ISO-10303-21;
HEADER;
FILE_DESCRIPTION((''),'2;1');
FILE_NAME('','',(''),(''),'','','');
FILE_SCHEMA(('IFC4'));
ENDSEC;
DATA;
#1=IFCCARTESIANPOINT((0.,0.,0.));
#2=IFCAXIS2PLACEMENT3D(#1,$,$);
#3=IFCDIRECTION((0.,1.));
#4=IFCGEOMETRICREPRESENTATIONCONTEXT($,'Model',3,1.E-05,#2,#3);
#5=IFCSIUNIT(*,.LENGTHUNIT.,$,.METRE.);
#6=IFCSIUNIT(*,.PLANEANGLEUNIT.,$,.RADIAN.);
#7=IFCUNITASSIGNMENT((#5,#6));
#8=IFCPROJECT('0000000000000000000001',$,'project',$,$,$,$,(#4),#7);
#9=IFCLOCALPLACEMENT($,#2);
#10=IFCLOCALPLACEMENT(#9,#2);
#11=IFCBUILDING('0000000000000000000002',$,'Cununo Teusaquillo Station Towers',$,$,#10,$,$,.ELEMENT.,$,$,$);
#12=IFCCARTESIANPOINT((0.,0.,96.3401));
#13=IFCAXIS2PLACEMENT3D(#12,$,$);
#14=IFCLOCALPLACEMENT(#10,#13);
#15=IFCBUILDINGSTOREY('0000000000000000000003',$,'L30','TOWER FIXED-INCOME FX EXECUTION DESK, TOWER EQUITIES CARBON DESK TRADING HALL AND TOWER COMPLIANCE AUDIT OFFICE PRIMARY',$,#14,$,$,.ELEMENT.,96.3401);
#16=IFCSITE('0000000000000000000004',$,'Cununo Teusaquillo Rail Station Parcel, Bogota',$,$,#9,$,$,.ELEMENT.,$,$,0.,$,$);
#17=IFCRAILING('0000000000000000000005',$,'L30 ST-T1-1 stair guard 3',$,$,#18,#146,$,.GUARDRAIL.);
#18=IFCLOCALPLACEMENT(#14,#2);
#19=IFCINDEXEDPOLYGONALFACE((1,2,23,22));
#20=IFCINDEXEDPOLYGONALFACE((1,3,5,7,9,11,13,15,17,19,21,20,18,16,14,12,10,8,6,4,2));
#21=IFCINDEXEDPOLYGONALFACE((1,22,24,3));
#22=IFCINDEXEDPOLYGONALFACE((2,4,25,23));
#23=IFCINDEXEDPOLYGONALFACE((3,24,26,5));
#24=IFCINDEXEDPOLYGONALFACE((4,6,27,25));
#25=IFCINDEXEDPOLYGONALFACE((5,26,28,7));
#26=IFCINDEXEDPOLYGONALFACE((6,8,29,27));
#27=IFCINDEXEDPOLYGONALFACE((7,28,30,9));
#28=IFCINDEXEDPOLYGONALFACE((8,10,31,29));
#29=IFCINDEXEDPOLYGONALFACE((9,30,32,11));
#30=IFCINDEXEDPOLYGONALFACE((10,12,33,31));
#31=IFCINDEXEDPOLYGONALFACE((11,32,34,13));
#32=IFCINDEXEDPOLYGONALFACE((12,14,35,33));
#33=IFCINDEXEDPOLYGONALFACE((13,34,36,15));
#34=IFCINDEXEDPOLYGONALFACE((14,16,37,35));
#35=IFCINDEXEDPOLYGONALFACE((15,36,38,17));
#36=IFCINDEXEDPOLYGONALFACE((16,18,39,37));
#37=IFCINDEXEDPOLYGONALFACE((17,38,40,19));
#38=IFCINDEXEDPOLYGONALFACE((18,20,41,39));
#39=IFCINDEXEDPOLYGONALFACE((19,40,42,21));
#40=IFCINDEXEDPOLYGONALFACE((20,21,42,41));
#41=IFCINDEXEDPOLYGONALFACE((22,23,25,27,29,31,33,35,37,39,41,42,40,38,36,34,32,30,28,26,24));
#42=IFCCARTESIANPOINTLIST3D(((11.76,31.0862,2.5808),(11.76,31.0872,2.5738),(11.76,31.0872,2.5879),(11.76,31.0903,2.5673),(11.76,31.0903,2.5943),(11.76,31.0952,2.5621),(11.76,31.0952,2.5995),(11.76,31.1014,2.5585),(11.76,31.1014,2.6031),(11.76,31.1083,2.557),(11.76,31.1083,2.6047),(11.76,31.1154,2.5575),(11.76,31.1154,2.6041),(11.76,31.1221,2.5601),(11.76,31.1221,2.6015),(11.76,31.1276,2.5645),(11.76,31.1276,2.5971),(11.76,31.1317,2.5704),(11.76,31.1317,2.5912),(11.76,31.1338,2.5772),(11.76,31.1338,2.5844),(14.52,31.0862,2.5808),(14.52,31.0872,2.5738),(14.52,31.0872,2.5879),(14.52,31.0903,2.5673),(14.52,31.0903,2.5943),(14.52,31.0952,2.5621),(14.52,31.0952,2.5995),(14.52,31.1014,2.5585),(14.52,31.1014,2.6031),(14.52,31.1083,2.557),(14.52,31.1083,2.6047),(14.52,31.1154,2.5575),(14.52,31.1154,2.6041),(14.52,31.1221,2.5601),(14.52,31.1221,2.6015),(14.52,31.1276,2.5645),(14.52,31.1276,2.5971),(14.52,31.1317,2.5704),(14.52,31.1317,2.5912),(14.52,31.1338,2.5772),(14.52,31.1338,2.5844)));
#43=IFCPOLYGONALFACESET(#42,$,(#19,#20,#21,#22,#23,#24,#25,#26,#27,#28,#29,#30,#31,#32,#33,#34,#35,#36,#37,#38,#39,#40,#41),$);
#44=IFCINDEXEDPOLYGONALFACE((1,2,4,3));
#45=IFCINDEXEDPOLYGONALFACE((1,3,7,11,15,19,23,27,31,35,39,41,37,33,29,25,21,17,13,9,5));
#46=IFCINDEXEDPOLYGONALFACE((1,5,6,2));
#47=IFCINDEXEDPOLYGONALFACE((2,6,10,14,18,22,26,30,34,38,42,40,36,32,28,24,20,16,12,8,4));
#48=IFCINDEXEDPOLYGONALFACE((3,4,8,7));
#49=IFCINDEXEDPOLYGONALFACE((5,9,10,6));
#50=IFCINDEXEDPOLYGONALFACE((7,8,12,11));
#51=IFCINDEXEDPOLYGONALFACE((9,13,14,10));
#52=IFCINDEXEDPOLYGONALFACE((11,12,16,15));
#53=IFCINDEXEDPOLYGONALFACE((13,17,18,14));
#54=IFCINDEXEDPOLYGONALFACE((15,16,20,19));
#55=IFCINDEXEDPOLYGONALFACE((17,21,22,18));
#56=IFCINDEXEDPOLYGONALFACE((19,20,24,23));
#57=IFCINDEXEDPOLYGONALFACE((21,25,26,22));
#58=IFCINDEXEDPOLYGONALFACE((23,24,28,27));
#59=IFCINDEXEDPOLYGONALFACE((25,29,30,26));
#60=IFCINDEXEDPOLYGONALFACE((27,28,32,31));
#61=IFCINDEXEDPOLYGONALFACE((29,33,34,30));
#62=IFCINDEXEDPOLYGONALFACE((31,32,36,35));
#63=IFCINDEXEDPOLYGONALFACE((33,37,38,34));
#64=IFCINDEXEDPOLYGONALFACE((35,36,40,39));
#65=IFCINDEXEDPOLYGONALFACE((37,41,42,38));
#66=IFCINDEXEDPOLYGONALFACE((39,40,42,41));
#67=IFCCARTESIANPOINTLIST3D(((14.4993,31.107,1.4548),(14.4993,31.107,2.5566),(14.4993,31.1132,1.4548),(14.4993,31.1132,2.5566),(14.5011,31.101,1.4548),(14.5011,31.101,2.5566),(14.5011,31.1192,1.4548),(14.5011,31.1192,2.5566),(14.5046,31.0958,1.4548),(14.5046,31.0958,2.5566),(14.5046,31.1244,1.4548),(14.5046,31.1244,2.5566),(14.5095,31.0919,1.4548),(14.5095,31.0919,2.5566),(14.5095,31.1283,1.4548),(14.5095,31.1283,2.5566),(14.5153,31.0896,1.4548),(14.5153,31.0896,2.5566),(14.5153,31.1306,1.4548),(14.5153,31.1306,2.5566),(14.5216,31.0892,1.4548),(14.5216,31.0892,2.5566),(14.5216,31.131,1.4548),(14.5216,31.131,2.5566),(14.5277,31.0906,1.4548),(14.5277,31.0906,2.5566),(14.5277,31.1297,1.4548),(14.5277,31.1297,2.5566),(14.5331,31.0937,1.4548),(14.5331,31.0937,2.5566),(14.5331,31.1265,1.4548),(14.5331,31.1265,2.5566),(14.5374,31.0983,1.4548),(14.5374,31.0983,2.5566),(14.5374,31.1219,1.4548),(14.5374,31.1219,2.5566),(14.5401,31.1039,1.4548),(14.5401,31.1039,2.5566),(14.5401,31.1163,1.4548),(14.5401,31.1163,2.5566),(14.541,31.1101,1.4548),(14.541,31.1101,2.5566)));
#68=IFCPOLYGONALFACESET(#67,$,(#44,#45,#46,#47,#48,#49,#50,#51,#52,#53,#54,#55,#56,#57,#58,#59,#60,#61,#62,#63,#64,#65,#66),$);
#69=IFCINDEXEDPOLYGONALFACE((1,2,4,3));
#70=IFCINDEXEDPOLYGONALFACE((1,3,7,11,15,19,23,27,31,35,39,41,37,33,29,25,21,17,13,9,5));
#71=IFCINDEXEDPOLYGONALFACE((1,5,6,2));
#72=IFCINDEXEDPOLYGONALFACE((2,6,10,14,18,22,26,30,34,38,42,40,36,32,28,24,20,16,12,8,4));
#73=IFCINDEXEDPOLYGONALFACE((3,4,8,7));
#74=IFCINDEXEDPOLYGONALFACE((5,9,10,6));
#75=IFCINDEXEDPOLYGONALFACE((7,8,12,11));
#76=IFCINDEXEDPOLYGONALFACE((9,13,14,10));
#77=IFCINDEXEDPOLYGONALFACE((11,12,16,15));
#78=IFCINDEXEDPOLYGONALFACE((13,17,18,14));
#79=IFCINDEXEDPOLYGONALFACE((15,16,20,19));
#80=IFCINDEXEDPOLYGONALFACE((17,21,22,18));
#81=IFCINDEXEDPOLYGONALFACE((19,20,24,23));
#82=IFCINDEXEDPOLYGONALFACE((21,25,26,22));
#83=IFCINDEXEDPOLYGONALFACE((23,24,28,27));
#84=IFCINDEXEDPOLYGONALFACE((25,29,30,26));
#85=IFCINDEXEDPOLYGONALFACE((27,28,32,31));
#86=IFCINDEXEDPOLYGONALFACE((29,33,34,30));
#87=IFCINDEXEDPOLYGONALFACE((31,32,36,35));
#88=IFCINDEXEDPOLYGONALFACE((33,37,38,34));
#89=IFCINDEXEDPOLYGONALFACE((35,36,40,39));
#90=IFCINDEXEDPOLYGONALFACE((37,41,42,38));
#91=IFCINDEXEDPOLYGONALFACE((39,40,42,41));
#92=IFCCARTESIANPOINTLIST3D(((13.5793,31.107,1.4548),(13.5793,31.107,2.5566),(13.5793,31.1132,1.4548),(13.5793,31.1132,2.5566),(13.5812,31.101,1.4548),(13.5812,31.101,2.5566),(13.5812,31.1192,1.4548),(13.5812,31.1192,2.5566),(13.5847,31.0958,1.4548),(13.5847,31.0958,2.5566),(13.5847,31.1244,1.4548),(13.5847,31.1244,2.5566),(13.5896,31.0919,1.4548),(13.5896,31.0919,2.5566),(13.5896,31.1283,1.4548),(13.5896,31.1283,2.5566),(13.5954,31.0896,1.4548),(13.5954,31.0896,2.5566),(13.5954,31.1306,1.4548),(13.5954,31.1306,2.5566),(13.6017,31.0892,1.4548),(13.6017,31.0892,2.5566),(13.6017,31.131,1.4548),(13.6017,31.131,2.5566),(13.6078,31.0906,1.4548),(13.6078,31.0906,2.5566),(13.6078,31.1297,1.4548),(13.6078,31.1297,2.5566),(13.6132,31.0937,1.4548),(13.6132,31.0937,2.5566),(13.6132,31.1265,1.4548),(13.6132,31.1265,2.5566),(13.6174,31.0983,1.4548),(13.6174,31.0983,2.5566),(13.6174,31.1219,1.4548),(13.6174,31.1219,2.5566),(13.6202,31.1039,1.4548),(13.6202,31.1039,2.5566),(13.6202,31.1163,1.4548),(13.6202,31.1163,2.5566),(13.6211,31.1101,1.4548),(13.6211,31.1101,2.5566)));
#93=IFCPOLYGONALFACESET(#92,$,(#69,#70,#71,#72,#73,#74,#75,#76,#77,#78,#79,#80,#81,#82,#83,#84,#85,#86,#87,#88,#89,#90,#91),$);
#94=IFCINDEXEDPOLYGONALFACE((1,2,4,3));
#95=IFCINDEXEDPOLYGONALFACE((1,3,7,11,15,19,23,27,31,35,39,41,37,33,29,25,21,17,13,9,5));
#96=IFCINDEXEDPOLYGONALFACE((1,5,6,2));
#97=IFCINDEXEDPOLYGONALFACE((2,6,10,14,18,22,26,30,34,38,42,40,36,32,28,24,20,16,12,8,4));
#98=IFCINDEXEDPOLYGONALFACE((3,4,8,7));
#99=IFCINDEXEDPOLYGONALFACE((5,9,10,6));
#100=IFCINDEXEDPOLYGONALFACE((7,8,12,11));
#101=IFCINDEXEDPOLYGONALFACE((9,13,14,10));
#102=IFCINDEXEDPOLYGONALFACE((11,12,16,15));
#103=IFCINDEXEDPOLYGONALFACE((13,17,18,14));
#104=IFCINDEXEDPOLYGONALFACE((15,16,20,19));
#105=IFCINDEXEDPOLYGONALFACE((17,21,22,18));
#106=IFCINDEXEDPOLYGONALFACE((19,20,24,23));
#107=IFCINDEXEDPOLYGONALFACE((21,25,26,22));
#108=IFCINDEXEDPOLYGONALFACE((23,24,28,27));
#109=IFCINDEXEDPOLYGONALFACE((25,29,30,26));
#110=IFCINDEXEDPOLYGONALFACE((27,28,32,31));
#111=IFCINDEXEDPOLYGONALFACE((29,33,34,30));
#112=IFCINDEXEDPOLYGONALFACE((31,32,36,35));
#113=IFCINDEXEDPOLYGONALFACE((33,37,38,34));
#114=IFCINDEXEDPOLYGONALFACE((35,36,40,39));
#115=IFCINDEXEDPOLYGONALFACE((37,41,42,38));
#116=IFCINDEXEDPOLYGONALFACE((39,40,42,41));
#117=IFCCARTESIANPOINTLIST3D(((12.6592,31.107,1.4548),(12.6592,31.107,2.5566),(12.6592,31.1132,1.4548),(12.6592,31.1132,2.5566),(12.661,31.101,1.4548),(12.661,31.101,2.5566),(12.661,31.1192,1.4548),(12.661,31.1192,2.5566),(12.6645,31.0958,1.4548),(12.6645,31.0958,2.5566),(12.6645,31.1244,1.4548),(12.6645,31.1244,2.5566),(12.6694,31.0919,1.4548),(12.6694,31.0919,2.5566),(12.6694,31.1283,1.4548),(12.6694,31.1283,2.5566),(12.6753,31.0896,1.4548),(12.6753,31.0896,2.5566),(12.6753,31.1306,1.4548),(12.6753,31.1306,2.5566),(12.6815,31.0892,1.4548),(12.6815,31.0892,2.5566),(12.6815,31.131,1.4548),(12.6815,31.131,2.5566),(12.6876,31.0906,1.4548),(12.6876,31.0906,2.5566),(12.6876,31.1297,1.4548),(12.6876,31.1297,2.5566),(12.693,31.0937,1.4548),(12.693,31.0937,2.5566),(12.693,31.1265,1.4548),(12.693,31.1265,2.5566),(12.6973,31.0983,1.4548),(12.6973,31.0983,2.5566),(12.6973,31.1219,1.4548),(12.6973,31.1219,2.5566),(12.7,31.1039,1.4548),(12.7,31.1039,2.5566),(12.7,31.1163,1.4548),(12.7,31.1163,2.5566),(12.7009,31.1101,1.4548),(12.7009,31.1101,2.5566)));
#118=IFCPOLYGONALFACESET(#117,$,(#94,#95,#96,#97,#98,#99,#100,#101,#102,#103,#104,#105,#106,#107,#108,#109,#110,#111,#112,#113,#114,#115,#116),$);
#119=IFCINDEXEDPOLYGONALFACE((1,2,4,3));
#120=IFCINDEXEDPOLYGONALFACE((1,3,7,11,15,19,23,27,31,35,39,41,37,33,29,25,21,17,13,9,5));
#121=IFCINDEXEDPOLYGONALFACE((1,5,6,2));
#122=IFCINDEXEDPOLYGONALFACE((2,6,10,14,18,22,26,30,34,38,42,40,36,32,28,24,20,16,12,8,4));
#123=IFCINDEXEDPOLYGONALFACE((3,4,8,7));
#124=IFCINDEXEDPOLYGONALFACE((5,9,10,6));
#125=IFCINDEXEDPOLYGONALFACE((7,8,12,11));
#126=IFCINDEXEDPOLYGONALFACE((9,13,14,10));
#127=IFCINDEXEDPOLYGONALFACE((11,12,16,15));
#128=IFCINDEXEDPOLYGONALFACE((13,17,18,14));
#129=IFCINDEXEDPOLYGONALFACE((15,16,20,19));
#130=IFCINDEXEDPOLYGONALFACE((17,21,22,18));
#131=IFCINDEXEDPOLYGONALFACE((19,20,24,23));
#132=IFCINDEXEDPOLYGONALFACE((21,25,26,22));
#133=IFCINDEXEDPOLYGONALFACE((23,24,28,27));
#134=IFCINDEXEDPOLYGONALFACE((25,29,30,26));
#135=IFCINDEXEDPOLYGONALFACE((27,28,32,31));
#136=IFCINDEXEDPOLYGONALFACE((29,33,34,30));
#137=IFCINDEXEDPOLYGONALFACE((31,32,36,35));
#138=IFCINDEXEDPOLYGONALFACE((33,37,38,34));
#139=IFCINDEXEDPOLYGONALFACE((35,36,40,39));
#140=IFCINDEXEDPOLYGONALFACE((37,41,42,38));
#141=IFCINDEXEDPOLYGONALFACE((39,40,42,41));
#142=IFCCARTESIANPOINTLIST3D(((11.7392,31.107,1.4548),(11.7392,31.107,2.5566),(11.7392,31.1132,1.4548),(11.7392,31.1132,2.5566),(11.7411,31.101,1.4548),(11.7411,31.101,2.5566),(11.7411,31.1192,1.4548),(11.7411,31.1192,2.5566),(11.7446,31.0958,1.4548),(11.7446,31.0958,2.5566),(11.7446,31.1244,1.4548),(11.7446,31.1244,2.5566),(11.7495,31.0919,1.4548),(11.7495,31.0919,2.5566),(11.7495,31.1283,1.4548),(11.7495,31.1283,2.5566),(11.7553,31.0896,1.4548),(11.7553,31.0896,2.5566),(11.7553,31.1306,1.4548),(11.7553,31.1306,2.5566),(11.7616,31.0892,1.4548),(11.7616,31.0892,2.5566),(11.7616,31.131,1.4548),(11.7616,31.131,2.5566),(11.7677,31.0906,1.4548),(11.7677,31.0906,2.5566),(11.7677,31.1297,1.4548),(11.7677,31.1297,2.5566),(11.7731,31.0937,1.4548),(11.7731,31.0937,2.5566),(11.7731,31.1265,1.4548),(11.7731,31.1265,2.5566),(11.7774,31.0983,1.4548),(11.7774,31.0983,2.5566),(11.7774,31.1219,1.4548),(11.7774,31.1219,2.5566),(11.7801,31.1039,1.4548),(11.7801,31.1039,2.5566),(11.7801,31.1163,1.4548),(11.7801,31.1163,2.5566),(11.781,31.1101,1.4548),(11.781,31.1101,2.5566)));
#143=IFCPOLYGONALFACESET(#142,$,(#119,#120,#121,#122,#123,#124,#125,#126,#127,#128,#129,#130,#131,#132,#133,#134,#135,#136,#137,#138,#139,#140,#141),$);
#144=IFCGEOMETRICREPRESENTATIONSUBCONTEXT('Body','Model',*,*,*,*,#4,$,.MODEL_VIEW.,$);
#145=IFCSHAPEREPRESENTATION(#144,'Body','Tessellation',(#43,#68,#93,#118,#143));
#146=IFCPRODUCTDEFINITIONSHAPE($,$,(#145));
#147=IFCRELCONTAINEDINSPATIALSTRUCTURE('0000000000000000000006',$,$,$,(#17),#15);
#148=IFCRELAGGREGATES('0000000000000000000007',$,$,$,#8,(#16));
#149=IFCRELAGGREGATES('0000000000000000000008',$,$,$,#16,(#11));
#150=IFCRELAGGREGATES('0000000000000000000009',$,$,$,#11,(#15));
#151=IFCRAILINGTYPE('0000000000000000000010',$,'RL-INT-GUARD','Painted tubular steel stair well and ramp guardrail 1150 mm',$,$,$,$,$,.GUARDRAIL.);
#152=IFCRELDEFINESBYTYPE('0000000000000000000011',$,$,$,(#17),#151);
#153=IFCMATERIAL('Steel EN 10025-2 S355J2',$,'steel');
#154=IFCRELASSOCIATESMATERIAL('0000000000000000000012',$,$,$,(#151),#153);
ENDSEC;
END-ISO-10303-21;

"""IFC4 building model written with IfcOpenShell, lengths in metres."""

from ifc_helpers import new_model, si_unit, direction, frame, origin, origin_2d, place, context, subcontext, project, spatial, circle, extrude, material, type_object, element, save


model = new_model("IFC4")

# Units and contexts
model_context = context("Model", 3, precision=1e-05, world=origin(), true_north=direction((0.0, 1.0)))
body_context = subcontext(model_context, "Body", "Model", "MODEL_VIEW")
ifc_project = project(units=[si_unit("LENGTHUNIT", "METRE"), si_unit("PLANEANGLEUNIT", "RADIAN")], contexts=[model_context])

# Site, building, storey
site_placement = place(None, origin())
site = spatial("IfcSite", under=ifc_project, at=site_placement, Name="Cununo Teusaquillo Rail Station Parcel, Bogota", CompositionType="ELEMENT", RefElevation=0.0)
building_placement = place(site_placement, origin())
building = spatial("IfcBuilding", under=site, at=building_placement, Name="Cununo Teusaquillo Station Towers", CompositionType="ELEMENT")
storey_placement = place(building_placement, frame((0.0, 0.0, 96.3401)))
storey = spatial("IfcBuildingStorey", under=building, at=storey_placement, Name="L30", Description="TOWER FIXED-INCOME FX EXECUTION DESK, TOWER EQUITIES CARBON DESK TRADING HALL AND TOWER COMPLIANCE AUDIT OFFICE PRIMARY", CompositionType="ELEMENT", Elevation=96.3401)

# Railing
ifc_material_1 = material(Name="Steel EN 10025-2 S355J2", Category="steel")
railing_type_1 = type_object("IfcRailingType", Name="RL-INT-GUARD", Description="Painted tubular steel stair well and ramp guardrail 1150 mm", PredefinedType="GUARDRAIL", material=ifc_material_1)
railing_1_placement = place(storey_placement, frame((14.52, 31.1101, 1.4548)))
element("IfcRailing", 1, at=railing_1_placement, inside=storey, type_object=railing_type_1, Name="L30 ST-T1-1 stair guard 3", PredefinedType="GUARDRAIL", context=body_context, shape_type="SweptSolid", body=[
    extrude(circle(Radius=0.0239, at=origin_2d()), frame((0.0, 0.0, 1.126), z_axis=(-1.0, 0.0, 0.0), x_axis=(0.0, -1.0, 0.0)), (0.0, 0.0, 1.0), 2.76),
    extrude(circle(Radius=0.021, at=origin_2d()), origin(), (0.0, 0.0, 1.0), 1.1018),
    extrude(circle(Radius=0.021, at=origin_2d()), frame((-0.9199, 0.0, 0.0)), (0.0, 0.0, 1.0), 1.1018),
    extrude(circle(Radius=0.021, at=origin_2d()), frame((-1.8401, 0.0, 0.0)), (0.0, 0.0, 1.0), 1.1018),
    extrude(circle(Radius=0.021, at=origin_2d()), frame((-2.76, 0.0, 0.0)), (0.0, 0.0, 1.0), 1.1018),
])

save(model, "model.ifc")
